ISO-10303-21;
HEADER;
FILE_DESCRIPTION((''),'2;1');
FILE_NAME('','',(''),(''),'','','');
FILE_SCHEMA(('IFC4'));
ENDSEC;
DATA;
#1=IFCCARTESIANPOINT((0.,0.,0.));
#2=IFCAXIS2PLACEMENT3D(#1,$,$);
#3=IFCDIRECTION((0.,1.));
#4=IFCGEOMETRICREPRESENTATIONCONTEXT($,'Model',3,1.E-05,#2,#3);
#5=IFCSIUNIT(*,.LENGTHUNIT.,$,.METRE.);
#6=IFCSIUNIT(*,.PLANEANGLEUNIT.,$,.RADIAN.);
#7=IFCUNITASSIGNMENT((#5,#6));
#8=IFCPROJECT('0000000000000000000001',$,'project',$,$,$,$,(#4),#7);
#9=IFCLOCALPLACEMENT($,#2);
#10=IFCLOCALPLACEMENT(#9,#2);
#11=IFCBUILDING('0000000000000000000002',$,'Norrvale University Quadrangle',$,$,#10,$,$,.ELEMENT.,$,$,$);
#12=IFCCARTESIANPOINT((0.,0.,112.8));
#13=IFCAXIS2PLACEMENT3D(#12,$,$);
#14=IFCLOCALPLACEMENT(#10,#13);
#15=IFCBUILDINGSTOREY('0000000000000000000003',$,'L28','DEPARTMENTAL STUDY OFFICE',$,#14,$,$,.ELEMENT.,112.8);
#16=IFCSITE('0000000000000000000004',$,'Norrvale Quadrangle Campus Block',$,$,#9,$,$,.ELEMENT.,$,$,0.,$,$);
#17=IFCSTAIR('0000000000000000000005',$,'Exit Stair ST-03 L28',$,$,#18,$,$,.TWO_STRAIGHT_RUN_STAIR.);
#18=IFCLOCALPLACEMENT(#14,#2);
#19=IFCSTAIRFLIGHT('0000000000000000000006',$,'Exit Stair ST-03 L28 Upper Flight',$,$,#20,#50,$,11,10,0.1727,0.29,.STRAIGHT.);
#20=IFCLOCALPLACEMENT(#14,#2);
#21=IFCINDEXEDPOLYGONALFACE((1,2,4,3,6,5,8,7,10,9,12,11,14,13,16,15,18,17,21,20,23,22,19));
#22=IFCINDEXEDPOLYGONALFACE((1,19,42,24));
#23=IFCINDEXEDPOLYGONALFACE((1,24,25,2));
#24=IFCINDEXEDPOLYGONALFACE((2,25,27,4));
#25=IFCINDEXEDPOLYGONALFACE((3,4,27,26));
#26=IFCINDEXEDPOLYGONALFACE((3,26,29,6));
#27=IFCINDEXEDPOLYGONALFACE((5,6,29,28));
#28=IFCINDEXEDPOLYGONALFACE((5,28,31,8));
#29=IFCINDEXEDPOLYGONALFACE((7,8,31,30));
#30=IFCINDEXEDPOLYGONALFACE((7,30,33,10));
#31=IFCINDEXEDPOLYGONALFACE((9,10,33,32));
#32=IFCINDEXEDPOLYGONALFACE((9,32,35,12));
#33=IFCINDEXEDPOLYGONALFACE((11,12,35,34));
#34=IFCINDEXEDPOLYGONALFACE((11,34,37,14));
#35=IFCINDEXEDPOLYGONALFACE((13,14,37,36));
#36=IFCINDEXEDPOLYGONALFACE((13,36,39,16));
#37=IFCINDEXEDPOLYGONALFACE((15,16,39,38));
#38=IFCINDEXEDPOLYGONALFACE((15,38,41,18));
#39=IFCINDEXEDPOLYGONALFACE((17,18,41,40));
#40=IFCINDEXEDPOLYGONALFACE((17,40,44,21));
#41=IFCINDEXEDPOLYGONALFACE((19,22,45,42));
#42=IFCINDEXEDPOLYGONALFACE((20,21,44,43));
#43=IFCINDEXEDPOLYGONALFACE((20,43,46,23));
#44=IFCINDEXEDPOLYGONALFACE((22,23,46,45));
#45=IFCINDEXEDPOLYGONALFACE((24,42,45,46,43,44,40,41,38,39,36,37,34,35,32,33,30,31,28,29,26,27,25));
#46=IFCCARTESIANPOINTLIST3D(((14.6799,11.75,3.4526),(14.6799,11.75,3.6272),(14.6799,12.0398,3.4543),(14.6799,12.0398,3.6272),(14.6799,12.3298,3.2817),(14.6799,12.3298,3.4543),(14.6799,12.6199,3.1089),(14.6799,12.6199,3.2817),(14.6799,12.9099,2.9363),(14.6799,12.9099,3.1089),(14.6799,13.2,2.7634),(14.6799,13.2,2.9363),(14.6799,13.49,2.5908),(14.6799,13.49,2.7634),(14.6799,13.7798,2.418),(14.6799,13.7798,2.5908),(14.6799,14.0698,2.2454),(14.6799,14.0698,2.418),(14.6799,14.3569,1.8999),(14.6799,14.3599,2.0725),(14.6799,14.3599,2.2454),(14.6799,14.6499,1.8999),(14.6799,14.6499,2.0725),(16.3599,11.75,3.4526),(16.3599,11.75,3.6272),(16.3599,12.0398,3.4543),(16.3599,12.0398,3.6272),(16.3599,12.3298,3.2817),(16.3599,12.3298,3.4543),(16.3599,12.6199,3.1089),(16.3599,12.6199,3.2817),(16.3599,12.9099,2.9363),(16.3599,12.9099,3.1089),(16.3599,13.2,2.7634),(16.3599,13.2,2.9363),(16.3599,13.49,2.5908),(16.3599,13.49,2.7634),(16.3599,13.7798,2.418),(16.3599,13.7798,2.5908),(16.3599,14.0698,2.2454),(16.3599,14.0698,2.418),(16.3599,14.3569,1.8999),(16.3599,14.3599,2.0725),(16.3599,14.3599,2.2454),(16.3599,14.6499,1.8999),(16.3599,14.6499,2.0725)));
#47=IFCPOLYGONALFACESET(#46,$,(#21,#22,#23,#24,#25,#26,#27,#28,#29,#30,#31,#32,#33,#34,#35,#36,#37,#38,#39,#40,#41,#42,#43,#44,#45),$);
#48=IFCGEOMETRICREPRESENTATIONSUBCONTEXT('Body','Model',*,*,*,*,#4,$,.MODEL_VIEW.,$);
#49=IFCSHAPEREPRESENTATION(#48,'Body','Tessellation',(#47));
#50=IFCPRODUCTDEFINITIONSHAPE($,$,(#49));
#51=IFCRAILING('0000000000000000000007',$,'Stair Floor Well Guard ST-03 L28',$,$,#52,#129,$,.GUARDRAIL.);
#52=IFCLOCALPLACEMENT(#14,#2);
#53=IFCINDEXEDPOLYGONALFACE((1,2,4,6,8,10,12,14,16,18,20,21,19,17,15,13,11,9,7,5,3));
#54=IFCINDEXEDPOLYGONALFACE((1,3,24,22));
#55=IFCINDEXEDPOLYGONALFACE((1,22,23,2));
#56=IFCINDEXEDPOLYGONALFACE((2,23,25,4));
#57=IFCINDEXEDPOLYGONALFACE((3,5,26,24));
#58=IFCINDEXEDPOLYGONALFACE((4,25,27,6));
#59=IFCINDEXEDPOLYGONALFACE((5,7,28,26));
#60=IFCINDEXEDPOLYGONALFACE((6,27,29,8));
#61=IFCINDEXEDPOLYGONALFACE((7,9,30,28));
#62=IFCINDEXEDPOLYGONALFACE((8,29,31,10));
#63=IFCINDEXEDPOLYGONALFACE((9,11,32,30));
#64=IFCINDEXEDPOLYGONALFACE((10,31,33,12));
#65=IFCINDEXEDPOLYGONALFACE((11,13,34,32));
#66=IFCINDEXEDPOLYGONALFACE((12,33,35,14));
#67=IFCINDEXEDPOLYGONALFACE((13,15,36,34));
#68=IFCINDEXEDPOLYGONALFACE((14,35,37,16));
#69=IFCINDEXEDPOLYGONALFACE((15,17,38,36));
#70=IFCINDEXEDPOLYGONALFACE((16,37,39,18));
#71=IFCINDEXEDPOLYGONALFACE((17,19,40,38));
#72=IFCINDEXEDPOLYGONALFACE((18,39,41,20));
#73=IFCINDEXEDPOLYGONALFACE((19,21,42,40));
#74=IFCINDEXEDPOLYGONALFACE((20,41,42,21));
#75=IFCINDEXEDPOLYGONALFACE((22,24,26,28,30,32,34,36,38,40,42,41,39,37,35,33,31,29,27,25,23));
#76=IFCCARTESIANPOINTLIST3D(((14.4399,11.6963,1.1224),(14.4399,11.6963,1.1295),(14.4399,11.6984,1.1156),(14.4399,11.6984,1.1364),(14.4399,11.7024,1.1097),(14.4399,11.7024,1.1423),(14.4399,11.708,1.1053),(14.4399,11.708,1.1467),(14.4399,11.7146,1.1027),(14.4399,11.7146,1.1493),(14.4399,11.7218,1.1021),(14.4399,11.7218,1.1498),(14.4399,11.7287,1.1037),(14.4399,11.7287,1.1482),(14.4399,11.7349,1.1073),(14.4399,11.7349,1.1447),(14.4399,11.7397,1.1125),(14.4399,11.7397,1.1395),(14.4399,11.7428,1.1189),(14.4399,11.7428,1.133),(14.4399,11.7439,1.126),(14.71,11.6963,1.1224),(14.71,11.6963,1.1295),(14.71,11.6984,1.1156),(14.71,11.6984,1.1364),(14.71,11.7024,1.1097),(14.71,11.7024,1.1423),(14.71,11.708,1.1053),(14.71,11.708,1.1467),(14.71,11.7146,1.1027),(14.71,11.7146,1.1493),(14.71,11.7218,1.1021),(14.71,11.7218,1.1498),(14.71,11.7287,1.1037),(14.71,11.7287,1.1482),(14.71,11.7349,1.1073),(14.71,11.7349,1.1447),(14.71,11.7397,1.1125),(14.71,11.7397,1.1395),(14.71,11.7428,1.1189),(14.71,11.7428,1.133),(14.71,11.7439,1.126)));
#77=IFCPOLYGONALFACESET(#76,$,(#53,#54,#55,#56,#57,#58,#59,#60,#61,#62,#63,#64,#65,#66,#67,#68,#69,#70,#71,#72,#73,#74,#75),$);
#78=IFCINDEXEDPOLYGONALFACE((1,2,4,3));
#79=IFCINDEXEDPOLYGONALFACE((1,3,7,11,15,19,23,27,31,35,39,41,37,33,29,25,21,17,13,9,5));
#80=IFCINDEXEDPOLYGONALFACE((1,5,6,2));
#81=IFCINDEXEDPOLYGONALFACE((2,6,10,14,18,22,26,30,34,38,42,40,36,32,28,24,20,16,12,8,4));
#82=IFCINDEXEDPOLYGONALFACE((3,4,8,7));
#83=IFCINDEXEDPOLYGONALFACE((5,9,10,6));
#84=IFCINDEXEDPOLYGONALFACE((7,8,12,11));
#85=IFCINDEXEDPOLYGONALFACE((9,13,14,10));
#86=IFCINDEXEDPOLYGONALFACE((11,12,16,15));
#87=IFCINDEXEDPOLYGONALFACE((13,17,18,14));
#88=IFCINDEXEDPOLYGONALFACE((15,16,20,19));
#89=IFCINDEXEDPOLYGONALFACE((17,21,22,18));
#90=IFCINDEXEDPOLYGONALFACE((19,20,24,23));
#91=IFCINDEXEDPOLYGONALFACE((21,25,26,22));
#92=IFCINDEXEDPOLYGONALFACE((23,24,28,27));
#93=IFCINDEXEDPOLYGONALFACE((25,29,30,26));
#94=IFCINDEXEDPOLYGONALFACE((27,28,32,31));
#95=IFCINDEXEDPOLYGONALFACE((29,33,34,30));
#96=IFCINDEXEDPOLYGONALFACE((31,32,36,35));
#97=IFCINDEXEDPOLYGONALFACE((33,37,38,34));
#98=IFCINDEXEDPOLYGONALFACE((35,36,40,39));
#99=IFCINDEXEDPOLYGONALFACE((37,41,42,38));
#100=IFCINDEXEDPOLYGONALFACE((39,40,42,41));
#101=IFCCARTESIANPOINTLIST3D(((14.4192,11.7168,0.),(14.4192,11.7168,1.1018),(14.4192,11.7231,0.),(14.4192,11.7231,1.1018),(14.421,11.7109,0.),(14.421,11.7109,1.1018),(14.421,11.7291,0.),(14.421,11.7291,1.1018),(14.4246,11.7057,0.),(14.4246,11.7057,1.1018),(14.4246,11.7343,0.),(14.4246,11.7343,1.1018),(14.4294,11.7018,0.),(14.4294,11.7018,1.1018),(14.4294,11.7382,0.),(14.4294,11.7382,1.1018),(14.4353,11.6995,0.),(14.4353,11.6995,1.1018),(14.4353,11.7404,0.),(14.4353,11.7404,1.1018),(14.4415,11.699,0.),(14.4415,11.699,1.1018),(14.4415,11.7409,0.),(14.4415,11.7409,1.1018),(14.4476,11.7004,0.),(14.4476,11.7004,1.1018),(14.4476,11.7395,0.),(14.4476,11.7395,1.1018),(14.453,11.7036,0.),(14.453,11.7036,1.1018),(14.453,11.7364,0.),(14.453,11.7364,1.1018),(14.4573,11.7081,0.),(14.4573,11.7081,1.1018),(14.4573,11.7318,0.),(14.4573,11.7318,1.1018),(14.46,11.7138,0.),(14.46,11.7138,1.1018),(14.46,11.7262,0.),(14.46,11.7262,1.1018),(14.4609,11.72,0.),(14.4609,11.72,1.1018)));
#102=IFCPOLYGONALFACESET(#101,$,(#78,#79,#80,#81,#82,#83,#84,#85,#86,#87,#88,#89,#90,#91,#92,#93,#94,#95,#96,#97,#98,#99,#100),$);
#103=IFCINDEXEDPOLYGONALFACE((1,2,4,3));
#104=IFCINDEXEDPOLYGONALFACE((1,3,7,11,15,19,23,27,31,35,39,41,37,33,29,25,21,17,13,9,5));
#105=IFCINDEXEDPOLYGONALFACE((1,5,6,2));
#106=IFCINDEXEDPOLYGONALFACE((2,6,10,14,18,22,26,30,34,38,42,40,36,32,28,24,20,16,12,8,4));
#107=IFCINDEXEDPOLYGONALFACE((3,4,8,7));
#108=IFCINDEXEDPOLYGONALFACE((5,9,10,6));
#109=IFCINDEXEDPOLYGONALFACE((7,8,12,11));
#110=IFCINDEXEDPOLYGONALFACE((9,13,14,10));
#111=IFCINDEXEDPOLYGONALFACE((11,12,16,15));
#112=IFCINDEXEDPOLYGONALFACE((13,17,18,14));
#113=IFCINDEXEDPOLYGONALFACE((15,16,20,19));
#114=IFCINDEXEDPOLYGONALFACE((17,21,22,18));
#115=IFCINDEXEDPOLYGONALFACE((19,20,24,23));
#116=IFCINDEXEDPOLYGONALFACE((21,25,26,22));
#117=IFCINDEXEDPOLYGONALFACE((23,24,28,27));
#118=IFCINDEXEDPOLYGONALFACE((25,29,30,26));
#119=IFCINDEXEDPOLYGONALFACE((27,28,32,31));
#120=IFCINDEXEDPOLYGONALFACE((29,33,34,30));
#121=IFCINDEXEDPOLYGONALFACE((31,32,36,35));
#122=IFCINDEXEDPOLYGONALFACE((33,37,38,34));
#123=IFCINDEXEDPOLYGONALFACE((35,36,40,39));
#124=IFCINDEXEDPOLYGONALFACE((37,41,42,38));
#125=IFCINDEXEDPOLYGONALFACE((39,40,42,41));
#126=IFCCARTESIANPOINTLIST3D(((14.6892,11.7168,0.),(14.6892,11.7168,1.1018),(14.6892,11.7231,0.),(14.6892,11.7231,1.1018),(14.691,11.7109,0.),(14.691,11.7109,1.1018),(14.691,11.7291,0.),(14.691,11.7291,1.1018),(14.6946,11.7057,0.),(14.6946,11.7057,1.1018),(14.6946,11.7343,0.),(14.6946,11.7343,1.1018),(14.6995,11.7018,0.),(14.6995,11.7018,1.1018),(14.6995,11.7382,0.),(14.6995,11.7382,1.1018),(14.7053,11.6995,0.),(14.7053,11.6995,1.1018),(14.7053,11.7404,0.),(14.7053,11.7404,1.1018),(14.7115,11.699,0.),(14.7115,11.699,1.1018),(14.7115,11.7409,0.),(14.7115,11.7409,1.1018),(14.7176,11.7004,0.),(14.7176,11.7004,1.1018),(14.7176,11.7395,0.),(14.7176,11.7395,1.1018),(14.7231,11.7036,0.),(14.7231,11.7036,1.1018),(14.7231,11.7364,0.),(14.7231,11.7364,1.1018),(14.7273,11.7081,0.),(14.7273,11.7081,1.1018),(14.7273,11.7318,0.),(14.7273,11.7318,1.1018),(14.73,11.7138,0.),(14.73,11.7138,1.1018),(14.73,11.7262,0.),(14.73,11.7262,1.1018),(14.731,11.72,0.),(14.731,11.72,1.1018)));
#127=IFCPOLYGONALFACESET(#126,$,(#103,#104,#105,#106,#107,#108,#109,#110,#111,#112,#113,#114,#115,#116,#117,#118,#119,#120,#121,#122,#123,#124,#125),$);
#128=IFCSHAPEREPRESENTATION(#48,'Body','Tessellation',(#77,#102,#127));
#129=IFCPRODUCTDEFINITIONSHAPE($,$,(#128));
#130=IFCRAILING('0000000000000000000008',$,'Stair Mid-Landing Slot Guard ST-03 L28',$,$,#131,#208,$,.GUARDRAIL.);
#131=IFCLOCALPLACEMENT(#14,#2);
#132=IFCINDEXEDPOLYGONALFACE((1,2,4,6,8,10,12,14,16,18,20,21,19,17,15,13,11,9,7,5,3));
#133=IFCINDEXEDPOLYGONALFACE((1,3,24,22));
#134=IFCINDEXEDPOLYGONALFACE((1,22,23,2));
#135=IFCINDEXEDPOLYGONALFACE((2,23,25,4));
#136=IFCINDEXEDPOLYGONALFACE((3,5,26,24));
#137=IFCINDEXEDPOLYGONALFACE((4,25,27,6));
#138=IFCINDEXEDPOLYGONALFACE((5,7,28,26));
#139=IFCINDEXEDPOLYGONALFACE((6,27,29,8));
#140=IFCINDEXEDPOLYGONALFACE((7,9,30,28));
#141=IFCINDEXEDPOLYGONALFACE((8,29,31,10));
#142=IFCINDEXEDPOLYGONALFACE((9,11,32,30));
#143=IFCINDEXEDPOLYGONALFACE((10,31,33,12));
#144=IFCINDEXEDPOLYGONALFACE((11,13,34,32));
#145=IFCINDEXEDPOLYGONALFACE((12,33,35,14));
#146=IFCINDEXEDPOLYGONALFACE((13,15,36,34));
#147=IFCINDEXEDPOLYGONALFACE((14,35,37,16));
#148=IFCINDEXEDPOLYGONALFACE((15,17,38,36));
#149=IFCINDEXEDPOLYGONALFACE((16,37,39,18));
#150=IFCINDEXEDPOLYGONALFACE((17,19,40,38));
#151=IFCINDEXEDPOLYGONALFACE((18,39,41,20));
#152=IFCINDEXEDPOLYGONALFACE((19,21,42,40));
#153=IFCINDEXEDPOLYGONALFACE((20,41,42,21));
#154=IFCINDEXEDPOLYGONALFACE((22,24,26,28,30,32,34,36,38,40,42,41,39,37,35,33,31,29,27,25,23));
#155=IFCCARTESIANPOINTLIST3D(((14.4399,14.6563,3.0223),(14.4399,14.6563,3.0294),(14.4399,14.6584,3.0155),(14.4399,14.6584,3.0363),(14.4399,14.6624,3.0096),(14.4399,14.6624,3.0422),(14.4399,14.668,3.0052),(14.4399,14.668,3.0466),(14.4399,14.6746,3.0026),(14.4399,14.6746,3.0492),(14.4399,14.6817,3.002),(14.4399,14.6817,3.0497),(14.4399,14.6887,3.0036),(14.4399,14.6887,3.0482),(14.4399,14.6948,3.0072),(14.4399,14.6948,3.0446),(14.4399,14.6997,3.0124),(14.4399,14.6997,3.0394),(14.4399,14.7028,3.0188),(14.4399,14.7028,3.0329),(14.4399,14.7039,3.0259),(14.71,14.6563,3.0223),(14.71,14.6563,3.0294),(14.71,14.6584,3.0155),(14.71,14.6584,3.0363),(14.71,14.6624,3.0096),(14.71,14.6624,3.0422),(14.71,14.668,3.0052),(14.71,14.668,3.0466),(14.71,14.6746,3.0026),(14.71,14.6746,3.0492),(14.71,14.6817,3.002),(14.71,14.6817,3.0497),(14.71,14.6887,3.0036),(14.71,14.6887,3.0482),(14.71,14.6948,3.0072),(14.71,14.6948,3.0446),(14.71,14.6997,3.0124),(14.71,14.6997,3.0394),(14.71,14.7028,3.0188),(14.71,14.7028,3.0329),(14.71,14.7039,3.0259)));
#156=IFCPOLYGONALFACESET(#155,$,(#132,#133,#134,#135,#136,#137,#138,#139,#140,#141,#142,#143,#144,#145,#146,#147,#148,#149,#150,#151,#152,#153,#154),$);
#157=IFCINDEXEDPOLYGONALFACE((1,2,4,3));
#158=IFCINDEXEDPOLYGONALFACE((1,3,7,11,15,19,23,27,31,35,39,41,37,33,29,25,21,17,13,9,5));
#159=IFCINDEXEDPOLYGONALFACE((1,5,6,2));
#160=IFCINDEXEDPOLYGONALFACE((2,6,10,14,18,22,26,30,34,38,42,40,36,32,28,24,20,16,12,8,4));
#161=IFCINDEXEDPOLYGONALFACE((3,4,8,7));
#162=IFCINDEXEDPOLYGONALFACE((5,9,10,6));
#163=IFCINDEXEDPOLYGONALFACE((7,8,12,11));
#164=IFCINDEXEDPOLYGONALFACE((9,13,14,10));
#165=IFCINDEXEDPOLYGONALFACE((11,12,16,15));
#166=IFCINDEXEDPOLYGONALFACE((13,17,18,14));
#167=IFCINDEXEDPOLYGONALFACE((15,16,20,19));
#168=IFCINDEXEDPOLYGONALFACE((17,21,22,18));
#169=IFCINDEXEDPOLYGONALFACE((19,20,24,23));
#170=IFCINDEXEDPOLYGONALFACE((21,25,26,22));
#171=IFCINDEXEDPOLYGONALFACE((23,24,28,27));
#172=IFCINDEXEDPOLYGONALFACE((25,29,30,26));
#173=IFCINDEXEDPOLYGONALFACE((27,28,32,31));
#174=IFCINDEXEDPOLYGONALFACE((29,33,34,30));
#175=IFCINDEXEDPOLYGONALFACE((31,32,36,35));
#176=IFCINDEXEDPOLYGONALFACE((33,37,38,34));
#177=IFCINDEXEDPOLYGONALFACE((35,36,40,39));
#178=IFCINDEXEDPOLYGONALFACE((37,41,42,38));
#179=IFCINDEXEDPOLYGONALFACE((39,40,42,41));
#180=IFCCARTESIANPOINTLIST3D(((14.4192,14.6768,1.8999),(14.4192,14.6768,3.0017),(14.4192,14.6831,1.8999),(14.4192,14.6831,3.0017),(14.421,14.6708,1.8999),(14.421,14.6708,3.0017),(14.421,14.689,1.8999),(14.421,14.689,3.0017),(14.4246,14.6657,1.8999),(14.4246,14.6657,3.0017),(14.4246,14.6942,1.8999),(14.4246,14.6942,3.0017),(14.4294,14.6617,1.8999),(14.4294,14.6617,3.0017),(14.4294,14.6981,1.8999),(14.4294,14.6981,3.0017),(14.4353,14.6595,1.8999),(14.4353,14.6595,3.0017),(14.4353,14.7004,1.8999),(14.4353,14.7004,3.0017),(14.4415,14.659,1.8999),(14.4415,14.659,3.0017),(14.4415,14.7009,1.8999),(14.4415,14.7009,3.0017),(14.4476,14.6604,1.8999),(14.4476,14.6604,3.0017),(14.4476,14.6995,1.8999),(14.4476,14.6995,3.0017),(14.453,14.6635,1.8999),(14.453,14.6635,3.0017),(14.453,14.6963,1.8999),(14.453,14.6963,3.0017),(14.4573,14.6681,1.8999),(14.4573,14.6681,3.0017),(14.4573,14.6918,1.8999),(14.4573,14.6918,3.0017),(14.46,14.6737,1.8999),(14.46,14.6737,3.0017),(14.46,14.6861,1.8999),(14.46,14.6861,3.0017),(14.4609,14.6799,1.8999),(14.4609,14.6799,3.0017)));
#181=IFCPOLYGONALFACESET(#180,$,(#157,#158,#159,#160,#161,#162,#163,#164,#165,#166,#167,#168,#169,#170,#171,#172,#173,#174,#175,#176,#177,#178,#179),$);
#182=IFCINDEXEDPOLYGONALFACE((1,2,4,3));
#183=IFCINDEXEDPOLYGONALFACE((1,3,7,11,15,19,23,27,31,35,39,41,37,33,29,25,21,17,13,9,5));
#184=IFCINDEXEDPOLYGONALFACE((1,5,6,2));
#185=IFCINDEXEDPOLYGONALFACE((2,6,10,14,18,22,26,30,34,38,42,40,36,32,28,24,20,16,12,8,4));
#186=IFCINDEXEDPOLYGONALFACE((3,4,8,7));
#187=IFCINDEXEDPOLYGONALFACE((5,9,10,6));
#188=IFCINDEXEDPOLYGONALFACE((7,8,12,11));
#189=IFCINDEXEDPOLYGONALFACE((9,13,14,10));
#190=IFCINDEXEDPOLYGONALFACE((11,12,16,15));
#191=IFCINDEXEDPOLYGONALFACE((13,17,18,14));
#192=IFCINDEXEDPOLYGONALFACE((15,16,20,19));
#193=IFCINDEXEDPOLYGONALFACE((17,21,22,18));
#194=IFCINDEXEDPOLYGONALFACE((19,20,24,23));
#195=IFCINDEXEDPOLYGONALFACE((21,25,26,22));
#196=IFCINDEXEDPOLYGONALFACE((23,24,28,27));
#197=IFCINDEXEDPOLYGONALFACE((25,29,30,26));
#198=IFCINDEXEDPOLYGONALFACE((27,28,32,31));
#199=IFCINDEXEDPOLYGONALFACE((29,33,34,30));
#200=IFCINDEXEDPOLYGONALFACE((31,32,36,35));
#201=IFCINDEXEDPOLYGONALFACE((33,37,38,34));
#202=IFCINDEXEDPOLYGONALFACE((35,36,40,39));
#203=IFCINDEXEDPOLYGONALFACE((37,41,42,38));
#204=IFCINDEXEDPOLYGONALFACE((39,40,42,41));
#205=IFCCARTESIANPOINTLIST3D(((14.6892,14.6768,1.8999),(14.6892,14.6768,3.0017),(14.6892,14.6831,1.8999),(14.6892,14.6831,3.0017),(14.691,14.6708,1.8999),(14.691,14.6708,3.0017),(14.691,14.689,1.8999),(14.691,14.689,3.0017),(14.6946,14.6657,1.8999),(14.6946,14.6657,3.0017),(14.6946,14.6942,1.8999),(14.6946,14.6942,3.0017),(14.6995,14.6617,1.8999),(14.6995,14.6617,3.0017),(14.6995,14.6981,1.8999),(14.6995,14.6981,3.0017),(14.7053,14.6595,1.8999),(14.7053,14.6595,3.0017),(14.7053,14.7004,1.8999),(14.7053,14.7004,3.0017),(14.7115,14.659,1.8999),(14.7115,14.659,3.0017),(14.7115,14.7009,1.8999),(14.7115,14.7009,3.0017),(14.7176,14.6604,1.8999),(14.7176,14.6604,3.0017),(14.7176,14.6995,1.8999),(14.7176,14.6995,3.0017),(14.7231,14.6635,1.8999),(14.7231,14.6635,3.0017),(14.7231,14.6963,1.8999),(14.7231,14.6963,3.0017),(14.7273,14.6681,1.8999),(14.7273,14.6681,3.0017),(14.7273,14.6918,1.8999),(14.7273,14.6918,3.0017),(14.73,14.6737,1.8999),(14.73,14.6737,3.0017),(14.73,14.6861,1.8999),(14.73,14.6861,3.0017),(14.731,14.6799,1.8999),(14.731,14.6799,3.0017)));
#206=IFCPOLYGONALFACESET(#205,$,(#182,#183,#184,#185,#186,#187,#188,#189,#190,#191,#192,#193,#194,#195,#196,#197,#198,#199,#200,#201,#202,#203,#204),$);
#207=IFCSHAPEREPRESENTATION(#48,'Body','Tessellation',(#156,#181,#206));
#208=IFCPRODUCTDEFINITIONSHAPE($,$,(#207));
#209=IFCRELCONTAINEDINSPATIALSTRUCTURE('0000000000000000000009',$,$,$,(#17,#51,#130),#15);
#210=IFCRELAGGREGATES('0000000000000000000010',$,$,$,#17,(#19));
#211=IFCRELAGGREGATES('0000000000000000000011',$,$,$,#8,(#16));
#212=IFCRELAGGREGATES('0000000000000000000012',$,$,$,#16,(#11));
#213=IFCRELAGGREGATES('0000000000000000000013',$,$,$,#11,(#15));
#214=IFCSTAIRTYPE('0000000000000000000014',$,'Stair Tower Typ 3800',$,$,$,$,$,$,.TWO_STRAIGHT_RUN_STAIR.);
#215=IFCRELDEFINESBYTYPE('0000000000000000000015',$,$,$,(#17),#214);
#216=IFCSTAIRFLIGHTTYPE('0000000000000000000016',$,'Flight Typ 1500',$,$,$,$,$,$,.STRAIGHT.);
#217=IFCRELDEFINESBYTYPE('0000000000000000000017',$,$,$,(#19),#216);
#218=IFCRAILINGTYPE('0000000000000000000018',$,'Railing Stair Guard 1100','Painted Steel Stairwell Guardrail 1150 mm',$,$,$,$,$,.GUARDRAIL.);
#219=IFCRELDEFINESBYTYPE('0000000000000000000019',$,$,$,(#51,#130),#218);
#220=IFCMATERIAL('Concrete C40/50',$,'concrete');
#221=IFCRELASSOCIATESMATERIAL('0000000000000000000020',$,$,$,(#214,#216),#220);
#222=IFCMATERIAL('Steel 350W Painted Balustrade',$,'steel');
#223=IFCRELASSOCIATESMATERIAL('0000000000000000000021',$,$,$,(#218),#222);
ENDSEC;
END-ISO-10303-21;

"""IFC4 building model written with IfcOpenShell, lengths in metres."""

from ifc_helpers import new_model, si_unit, direction, frame, origin, origin_2d, place, context, subcontext, project, spatial, polyline, circle, outline, extrude, material, type_object, element, aggregate, save


model = new_model("IFC4")

# Units and contexts
model_context = context("Model", 3, precision=1e-05, world=origin(), true_north=direction((0.0, 1.0)))
body_context = subcontext(model_context, "Body", "Model", "MODEL_VIEW")
ifc_project = project(units=[si_unit("LENGTHUNIT", "METRE"), si_unit("PLANEANGLEUNIT", "RADIAN")], contexts=[model_context])

# Site, building, storey
site_placement = place(None, origin())
site = spatial("IfcSite", under=ifc_project, at=site_placement, Name="Norrvale Quadrangle Campus Block", CompositionType="ELEMENT", RefElevation=0.0)
building_placement = place(site_placement, origin())
building = spatial("IfcBuilding", under=site, at=building_placement, Name="Norrvale University Quadrangle", CompositionType="ELEMENT")
storey_placement = place(building_placement, frame((0.0, 0.0, 112.8)))
storey = spatial("IfcBuildingStorey", under=building, at=storey_placement, Name="L28", Description="DEPARTMENTAL STUDY OFFICE", CompositionType="ELEMENT", Elevation=112.8)

# Stair, stair flight
ifc_material_1 = material(Name="Concrete C40/50", Category="concrete")
stair_type = type_object("IfcStairType", Name="Stair Tower Typ 3800", PredefinedType="TWO_STRAIGHT_RUN_STAIR", material=ifc_material_1)
stair_placement = place(storey_placement, origin())
stair = element("IfcStair", 1, at=stair_placement, inside=storey, type_object=stair_type, Name="Exit Stair ST-03 L28", PredefinedType="TWO_STRAIGHT_RUN_STAIR")
stair_flight_type = type_object("IfcStairFlightType", Name="Flight Typ 1500", PredefinedType="STRAIGHT", material=ifc_material_1)
stair_flight_1_placement = place(storey_placement, frame((15.52, 14.6499, 1.8999), z_axis=(0.0, 0.0, 1.0), x_axis=(0.0, -1.0, 0.0)))
stair_flight_1 = element("IfcStairFlight", 2, at=stair_flight_1_placement, type_object=stair_flight_type, Name="Exit Stair ST-03 L28 Upper Flight", NumberOfRisers=11, NumberOfTreads=10, PredefinedType="STRAIGHT", RiserHeight=0.1727, TreadLength=0.29, context=body_context, shape_type="SweptSolid", body=[
    extrude(outline(polyline([(0.0, 0.0), (0.0, 0.1726), (0.29, 0.1726), (0.29, 0.3455), (0.5801, 0.3455), (0.5801, 0.5181), (0.8701, 0.5181), (0.8701, 0.6909), (1.1599, 0.6909), (1.1599, 0.8635), (1.45, 0.8635), (1.45, 1.0364), (1.74, 1.0364), (1.74, 1.209), (2.03, 1.209), (2.03, 1.3818), (2.3201, 1.3818), (2.3201, 1.5544), (2.6101, 1.5544), (2.6101, 1.7273), (2.8999, 1.7273), (2.8999, 1.8999), (2.8999, 1.5527), (0.293, 0.0), (0.0, 0.0)])), frame((0.0, 0.8398, 0.0), z_axis=(0.0, -1.0, 0.0), x_axis=(1.0, 0.0, 0.0)), (0.0, 0.0, 1.0), 1.6799),
])
aggregate(stair, [stair_flight_1])

# Railings
ifc_material_2 = material(Name="Steel 350W Painted Balustrade", Category="steel")
railing_type_1 = type_object("IfcRailingType", Name="Railing Stair Guard 1100", Description="Painted Steel Stairwell Guardrail 1150 mm", PredefinedType="GUARDRAIL", material=ifc_material_2)
for number, where, name in (
    (3, (14.4399, 11.72, 0.0), "Stair Floor Well Guard ST-03 L28"),
    (4, (14.4399, 14.6799, 1.8999), "Stair Mid-Landing Slot Guard ST-03 L28"),
):
    element("IfcRailing", number, at=place(storey_placement, frame(where)), inside=storey, type_object=railing_type_1, Name=name, PredefinedType="GUARDRAIL", context=body_context, shape_type="SweptSolid", body=[
        extrude(circle(Radius=0.0239, at=origin_2d()), frame((0.0, 0.0, 1.126), z_axis=(1.0, 0.0, 0.0), x_axis=(0.0, 1.0, 0.0)), (0.0, 0.0, 1.0), 0.27),
        extrude(circle(Radius=0.021, at=origin_2d()), origin(), (0.0, 0.0, 1.0), 1.1018),
        extrude(circle(Radius=0.021, at=origin_2d()), frame((0.27, 0.0, 0.0)), (0.0, 0.0, 1.0), 1.1018),
    ])

save(model, "model.ifc")
